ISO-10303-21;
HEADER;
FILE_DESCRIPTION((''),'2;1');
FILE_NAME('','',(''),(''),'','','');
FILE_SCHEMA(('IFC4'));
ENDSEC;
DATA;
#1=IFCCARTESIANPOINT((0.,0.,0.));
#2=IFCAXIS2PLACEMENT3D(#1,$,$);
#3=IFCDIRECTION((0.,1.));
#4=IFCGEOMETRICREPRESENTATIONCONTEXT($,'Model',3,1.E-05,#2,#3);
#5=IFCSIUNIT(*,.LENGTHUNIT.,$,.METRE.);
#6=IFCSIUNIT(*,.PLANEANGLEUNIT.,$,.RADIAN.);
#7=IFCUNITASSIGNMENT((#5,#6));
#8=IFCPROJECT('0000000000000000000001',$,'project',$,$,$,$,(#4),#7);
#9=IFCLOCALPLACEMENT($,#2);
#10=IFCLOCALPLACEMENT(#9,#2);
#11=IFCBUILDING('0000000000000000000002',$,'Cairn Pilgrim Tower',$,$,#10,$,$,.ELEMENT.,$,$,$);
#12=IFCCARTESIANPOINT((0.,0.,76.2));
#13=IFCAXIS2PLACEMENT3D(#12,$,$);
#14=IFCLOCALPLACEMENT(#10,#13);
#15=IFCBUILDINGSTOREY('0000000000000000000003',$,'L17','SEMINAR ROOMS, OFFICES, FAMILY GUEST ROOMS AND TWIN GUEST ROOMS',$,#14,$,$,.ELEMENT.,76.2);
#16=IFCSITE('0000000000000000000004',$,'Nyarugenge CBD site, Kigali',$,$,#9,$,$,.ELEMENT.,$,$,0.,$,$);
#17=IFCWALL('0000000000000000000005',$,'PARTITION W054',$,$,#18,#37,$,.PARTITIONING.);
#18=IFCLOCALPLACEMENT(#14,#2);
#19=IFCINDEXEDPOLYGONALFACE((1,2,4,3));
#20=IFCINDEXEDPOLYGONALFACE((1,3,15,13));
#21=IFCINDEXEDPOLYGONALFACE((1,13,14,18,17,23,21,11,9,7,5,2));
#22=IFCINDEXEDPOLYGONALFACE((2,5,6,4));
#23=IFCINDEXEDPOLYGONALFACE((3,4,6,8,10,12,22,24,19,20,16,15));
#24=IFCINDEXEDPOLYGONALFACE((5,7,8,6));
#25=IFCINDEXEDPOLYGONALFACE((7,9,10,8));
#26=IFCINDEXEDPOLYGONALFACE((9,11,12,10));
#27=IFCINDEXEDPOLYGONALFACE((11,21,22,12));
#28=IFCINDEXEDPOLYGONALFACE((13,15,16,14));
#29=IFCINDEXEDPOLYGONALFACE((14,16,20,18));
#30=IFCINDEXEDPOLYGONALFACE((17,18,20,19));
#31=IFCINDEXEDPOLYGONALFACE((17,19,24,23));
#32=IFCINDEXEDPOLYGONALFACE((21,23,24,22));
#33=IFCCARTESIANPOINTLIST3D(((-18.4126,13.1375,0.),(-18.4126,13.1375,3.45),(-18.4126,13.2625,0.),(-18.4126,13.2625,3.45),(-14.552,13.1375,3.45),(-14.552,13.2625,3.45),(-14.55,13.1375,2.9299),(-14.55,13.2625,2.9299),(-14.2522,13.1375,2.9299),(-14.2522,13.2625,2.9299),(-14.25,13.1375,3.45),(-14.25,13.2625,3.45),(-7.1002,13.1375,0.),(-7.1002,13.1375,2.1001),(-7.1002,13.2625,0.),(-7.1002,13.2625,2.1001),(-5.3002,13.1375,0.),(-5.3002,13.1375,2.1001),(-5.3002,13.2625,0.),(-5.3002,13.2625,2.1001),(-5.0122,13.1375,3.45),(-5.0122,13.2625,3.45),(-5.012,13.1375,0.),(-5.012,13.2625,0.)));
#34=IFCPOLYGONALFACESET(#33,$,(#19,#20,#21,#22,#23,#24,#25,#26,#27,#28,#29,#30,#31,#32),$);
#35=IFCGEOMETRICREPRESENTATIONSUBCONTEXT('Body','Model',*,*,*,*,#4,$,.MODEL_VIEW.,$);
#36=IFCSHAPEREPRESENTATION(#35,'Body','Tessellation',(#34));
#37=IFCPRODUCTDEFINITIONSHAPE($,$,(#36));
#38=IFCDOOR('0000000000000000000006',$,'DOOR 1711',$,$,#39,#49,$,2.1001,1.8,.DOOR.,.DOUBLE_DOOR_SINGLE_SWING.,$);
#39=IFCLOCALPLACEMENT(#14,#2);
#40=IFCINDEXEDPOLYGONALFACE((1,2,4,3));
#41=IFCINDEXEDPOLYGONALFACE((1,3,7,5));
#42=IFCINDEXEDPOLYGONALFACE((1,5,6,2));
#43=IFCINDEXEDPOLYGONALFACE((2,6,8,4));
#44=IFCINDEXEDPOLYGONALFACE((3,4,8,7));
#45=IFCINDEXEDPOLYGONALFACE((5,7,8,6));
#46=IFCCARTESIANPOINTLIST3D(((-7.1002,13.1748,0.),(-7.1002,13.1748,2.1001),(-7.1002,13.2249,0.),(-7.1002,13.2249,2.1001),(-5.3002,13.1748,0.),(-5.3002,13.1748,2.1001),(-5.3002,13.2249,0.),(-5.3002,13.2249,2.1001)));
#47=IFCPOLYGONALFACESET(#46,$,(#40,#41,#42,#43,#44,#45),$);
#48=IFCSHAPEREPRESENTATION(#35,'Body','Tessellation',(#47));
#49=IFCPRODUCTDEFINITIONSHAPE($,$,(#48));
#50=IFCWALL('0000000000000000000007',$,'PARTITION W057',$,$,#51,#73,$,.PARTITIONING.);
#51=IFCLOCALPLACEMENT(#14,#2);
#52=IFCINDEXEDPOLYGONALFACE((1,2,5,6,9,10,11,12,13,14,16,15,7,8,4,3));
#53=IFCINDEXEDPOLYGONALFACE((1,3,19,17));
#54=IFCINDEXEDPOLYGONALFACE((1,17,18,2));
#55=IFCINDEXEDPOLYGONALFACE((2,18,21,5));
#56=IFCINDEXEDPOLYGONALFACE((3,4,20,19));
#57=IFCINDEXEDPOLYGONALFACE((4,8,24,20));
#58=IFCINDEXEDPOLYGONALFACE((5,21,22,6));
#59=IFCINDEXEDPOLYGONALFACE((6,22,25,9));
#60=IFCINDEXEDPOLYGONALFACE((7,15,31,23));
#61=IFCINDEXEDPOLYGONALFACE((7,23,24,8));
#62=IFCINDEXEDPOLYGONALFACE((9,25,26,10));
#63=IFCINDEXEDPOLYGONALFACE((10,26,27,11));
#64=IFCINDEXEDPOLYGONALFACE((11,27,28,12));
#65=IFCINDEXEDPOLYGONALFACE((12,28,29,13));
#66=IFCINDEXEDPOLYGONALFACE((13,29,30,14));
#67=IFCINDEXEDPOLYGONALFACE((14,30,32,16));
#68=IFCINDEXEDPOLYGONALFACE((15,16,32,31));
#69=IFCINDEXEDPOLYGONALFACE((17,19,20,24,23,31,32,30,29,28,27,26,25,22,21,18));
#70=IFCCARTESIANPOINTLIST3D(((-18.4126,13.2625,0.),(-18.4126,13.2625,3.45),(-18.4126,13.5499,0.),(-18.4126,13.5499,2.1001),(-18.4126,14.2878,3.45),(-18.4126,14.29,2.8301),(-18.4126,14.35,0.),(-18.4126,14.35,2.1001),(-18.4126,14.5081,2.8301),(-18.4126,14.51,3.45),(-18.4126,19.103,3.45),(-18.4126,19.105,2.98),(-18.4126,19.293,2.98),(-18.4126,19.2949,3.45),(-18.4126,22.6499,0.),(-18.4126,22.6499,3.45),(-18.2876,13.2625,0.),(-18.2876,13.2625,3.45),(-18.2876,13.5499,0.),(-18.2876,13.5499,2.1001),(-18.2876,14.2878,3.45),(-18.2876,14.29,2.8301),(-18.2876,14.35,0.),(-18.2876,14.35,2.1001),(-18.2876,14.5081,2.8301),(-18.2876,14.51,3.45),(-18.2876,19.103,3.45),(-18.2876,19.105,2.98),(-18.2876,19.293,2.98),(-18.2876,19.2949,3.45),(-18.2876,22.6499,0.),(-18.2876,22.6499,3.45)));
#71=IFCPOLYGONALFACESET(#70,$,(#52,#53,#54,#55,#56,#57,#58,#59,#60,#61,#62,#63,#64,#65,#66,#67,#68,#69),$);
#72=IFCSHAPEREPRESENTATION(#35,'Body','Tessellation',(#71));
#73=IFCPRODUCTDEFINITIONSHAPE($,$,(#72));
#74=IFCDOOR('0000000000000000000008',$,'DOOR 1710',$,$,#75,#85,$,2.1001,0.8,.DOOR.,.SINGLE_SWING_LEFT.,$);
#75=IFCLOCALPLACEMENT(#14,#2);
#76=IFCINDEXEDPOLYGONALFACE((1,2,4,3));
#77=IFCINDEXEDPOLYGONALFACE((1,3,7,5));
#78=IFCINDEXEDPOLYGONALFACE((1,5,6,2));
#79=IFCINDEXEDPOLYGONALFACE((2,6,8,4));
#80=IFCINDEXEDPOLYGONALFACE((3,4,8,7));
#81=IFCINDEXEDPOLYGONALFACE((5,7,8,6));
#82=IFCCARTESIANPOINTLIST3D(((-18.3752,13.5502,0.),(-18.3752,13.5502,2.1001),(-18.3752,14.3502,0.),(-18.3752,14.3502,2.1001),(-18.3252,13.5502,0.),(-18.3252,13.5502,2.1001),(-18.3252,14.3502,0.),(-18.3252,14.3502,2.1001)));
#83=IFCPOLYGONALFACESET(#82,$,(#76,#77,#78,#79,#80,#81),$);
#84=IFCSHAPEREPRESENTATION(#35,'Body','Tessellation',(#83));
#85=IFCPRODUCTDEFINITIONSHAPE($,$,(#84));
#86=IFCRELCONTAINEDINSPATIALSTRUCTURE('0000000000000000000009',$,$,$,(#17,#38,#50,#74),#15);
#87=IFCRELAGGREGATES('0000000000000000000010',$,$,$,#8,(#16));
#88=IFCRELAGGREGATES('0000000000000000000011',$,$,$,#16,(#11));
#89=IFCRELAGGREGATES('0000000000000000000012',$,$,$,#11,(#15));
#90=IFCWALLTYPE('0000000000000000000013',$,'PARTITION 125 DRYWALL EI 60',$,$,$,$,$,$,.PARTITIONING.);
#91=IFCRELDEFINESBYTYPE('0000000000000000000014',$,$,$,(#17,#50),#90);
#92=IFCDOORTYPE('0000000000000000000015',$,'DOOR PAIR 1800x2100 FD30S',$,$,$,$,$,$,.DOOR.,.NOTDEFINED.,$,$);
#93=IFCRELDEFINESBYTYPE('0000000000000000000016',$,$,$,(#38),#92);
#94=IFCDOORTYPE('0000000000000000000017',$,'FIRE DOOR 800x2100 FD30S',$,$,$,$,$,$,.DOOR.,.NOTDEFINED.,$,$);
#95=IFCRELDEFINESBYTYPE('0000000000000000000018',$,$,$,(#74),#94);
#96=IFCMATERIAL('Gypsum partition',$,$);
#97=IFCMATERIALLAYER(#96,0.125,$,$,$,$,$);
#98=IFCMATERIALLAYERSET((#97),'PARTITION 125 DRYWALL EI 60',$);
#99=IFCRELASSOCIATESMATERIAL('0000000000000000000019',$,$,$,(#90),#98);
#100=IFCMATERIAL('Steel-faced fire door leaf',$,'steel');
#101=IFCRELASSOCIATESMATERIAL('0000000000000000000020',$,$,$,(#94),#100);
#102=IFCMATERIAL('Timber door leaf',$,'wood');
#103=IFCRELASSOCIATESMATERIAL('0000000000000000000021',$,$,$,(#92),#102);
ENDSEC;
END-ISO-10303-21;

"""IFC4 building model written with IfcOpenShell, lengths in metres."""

from ifc_helpers import new_model, si_unit, direction, frame, frame_2d, origin, place, context, subcontext, project, spatial, polyline, rectangle, outline, extrude, material, layer, layer_set, type_object, element, fill, save


model = new_model("IFC4")

# Units and contexts
model_context = context("Model", 3, precision=1e-05, world=origin(), true_north=direction((0.0, 1.0)))
body_context = subcontext(model_context, "Body", "Model", "MODEL_VIEW")
ifc_project = project(units=[si_unit("LENGTHUNIT", "METRE"), si_unit("PLANEANGLEUNIT", "RADIAN")], contexts=[model_context])

# Site, building, storey
site_placement = place(None, origin())
site = spatial("IfcSite", under=ifc_project, at=site_placement, Name="Nyarugenge CBD site, Kigali", CompositionType="ELEMENT", RefElevation=0.0)
building_placement = place(site_placement, origin())
building = spatial("IfcBuilding", under=site, at=building_placement, Name="Cairn Pilgrim Tower", CompositionType="ELEMENT")
storey_placement = place(building_placement, frame((0.0, 0.0, 76.2)))
storey = spatial("IfcBuildingStorey", under=building, at=storey_placement, Name="L17", Description="SEMINAR ROOMS, OFFICES, FAMILY GUEST ROOMS AND TWIN GUEST ROOMS", CompositionType="ELEMENT", Elevation=76.2)

# Shared definitions
ifc_material_1 = material(Name="Gypsum partition")

# Shared definitions
ifc_material_2 = material(Name="Timber door leaf", Category="wood")

# Shared definitions
ifc_layer_1 = layer(ifc_material_1, 0.125)
ifc_layer_set_1 = layer_set([ifc_layer_1], Name="PARTITION 125 DRYWALL EI 60")
wall_type_1 = type_object("IfcWallType", Name="PARTITION 125 DRYWALL EI 60", PredefinedType="PARTITIONING", material=ifc_layer_set_1)
ifc_material_3 = material(Name="Steel-faced fire door leaf", Category="steel")
door_type_1 = type_object("IfcDoorType", Name="FIRE DOOR 800x2100 FD30S", OperationType="NOTDEFINED", PredefinedType="DOOR", material=ifc_material_3)

# Walls, openings, doors
wall_1_placement = place(storey_placement, frame((-18.4126, 13.2, 0.0), z_axis=(0.0, 0.0, 1.0), x_axis=(1.0, 0.0, 0.0)))
wall_1 = element("IfcWall", 1, at=wall_1_placement, inside=storey, type_object=wall_type_1, Name="PARTITION W054", PredefinedType="PARTITIONING", context=body_context, shape_type="SweptSolid", body=[
    extrude(outline(polyline([(0.0, 0.0), (13.4006, 0.0), (13.4004, 3.45), (4.1626, 3.45), (4.1604, 2.9299), (3.8625, 2.9299), (3.8606, 3.45), (0.0, 3.45), (0.0, 0.0)])), frame((0.0, 0.0625, 0.0), z_axis=(0.0, -1.0, 0.0), x_axis=(1.0, 0.0, 0.0)), (0.0, 0.0, 1.0), 0.125),
])
opening_1_placement = place(wall_1_placement, frame((11.3125, 0.0, 0.0)))
opening_1 = element("IfcOpeningElement", 2, at=opening_1_placement, cuts=wall_1, PredefinedType="OPENING", context=body_context, shape_type="SweptSolid", body=[
    extrude(rectangle(XDim=1.8, YDim=2.1001, at=frame_2d((0.8999, 1.05))), frame((0.0, 0.0725, 0.0), z_axis=(0.0, -1.0, 0.0), x_axis=(1.0, 0.0, 0.0)), (0.0, 0.0, 1.0), 0.145),
])
door_type_2 = type_object("IfcDoorType", Name="DOOR PAIR 1800x2100 FD30S", OperationType="NOTDEFINED", PredefinedType="DOOR", material=ifc_material_2)
door_1_placement = place(opening_1_placement, origin())
door_1 = element("IfcDoor", 3, at=door_1_placement, inside=storey, type_object=door_type_2, Name="DOOR 1711", OperationType="DOUBLE_DOOR_SINGLE_SWING", OverallHeight=2.1001, OverallWidth=1.8, PredefinedType="DOOR", context=body_context, shape_type="SweptSolid", body=[
    extrude(rectangle(XDim=1.8, YDim=2.1001, at=frame_2d((0.8999, 1.05))), frame((0.0, 0.0249, 0.0), z_axis=(0.0, -1.0, 0.0), x_axis=(1.0, 0.0, 0.0)), (0.0, 0.0, 1.0), 0.05),
])
fill(opening_1, door_1)
wall_2_placement = place(storey_placement, frame((-18.3501, 13.2625, 0.0), z_axis=(0.0, 0.0, 1.0), x_axis=(0.0, 1.0, 0.0)))
wall_2 = element("IfcWall", 4, at=wall_2_placement, inside=storey, type_object=wall_type_1, Name="PARTITION W057", PredefinedType="PARTITIONING", context=body_context, shape_type="SweptSolid", body=[
    extrude(outline(polyline([(0.0, 0.0), (9.3875, 0.0), (9.3875, 3.45), (6.0325, 3.45), (6.0305, 2.98), (5.8425, 2.98), (5.8406, 3.45), (1.2476, 3.45), (1.2456, 2.8301), (1.0276, 2.8301), (1.0254, 3.45), (0.0, 3.45), (0.0, 0.0)])), frame((0.0, 0.0625, 0.0), z_axis=(0.0, -1.0, 0.0), x_axis=(1.0, 0.0, 0.0)), (0.0, 0.0, 1.0), 0.125),
])
opening_2_placement = place(wall_2_placement, frame((0.2876, 0.0, 0.0)))
opening_2 = element("IfcOpeningElement", 5, at=opening_2_placement, cuts=wall_2, PredefinedType="OPENING", context=body_context, shape_type="SweptSolid", body=[
    extrude(rectangle(XDim=0.8, YDim=2.1001, at=frame_2d((0.3999, 1.05))), frame((0.0, 0.0725, 0.0), z_axis=(0.0, -1.0, 0.0), x_axis=(1.0, 0.0, 0.0)), (0.0, 0.0, 1.0), 0.145),
])
door_2_placement = place(opening_2_placement, frame((0.8, 0.0, 0.0), z_axis=(0.0, 0.0, 1.0), x_axis=(-1.0, 0.0, 0.0)))
door_2 = element("IfcDoor", 6, at=door_2_placement, inside=storey, type_object=door_type_1, Name="DOOR 1710", OperationType="SINGLE_SWING_LEFT", OverallHeight=2.1001, OverallWidth=0.8, PredefinedType="DOOR", context=body_context, shape_type="SweptSolid", body=[
    extrude(rectangle(XDim=0.8, YDim=2.1001, at=frame_2d((0.3999, 1.05))), frame((0.0, 0.0249, 0.0), z_axis=(0.0, -1.0, 0.0), x_axis=(1.0, 0.0, 0.0)), (0.0, 0.0, 1.0), 0.05),
])
fill(opening_2, door_2)

save(model, "model.ifc")
